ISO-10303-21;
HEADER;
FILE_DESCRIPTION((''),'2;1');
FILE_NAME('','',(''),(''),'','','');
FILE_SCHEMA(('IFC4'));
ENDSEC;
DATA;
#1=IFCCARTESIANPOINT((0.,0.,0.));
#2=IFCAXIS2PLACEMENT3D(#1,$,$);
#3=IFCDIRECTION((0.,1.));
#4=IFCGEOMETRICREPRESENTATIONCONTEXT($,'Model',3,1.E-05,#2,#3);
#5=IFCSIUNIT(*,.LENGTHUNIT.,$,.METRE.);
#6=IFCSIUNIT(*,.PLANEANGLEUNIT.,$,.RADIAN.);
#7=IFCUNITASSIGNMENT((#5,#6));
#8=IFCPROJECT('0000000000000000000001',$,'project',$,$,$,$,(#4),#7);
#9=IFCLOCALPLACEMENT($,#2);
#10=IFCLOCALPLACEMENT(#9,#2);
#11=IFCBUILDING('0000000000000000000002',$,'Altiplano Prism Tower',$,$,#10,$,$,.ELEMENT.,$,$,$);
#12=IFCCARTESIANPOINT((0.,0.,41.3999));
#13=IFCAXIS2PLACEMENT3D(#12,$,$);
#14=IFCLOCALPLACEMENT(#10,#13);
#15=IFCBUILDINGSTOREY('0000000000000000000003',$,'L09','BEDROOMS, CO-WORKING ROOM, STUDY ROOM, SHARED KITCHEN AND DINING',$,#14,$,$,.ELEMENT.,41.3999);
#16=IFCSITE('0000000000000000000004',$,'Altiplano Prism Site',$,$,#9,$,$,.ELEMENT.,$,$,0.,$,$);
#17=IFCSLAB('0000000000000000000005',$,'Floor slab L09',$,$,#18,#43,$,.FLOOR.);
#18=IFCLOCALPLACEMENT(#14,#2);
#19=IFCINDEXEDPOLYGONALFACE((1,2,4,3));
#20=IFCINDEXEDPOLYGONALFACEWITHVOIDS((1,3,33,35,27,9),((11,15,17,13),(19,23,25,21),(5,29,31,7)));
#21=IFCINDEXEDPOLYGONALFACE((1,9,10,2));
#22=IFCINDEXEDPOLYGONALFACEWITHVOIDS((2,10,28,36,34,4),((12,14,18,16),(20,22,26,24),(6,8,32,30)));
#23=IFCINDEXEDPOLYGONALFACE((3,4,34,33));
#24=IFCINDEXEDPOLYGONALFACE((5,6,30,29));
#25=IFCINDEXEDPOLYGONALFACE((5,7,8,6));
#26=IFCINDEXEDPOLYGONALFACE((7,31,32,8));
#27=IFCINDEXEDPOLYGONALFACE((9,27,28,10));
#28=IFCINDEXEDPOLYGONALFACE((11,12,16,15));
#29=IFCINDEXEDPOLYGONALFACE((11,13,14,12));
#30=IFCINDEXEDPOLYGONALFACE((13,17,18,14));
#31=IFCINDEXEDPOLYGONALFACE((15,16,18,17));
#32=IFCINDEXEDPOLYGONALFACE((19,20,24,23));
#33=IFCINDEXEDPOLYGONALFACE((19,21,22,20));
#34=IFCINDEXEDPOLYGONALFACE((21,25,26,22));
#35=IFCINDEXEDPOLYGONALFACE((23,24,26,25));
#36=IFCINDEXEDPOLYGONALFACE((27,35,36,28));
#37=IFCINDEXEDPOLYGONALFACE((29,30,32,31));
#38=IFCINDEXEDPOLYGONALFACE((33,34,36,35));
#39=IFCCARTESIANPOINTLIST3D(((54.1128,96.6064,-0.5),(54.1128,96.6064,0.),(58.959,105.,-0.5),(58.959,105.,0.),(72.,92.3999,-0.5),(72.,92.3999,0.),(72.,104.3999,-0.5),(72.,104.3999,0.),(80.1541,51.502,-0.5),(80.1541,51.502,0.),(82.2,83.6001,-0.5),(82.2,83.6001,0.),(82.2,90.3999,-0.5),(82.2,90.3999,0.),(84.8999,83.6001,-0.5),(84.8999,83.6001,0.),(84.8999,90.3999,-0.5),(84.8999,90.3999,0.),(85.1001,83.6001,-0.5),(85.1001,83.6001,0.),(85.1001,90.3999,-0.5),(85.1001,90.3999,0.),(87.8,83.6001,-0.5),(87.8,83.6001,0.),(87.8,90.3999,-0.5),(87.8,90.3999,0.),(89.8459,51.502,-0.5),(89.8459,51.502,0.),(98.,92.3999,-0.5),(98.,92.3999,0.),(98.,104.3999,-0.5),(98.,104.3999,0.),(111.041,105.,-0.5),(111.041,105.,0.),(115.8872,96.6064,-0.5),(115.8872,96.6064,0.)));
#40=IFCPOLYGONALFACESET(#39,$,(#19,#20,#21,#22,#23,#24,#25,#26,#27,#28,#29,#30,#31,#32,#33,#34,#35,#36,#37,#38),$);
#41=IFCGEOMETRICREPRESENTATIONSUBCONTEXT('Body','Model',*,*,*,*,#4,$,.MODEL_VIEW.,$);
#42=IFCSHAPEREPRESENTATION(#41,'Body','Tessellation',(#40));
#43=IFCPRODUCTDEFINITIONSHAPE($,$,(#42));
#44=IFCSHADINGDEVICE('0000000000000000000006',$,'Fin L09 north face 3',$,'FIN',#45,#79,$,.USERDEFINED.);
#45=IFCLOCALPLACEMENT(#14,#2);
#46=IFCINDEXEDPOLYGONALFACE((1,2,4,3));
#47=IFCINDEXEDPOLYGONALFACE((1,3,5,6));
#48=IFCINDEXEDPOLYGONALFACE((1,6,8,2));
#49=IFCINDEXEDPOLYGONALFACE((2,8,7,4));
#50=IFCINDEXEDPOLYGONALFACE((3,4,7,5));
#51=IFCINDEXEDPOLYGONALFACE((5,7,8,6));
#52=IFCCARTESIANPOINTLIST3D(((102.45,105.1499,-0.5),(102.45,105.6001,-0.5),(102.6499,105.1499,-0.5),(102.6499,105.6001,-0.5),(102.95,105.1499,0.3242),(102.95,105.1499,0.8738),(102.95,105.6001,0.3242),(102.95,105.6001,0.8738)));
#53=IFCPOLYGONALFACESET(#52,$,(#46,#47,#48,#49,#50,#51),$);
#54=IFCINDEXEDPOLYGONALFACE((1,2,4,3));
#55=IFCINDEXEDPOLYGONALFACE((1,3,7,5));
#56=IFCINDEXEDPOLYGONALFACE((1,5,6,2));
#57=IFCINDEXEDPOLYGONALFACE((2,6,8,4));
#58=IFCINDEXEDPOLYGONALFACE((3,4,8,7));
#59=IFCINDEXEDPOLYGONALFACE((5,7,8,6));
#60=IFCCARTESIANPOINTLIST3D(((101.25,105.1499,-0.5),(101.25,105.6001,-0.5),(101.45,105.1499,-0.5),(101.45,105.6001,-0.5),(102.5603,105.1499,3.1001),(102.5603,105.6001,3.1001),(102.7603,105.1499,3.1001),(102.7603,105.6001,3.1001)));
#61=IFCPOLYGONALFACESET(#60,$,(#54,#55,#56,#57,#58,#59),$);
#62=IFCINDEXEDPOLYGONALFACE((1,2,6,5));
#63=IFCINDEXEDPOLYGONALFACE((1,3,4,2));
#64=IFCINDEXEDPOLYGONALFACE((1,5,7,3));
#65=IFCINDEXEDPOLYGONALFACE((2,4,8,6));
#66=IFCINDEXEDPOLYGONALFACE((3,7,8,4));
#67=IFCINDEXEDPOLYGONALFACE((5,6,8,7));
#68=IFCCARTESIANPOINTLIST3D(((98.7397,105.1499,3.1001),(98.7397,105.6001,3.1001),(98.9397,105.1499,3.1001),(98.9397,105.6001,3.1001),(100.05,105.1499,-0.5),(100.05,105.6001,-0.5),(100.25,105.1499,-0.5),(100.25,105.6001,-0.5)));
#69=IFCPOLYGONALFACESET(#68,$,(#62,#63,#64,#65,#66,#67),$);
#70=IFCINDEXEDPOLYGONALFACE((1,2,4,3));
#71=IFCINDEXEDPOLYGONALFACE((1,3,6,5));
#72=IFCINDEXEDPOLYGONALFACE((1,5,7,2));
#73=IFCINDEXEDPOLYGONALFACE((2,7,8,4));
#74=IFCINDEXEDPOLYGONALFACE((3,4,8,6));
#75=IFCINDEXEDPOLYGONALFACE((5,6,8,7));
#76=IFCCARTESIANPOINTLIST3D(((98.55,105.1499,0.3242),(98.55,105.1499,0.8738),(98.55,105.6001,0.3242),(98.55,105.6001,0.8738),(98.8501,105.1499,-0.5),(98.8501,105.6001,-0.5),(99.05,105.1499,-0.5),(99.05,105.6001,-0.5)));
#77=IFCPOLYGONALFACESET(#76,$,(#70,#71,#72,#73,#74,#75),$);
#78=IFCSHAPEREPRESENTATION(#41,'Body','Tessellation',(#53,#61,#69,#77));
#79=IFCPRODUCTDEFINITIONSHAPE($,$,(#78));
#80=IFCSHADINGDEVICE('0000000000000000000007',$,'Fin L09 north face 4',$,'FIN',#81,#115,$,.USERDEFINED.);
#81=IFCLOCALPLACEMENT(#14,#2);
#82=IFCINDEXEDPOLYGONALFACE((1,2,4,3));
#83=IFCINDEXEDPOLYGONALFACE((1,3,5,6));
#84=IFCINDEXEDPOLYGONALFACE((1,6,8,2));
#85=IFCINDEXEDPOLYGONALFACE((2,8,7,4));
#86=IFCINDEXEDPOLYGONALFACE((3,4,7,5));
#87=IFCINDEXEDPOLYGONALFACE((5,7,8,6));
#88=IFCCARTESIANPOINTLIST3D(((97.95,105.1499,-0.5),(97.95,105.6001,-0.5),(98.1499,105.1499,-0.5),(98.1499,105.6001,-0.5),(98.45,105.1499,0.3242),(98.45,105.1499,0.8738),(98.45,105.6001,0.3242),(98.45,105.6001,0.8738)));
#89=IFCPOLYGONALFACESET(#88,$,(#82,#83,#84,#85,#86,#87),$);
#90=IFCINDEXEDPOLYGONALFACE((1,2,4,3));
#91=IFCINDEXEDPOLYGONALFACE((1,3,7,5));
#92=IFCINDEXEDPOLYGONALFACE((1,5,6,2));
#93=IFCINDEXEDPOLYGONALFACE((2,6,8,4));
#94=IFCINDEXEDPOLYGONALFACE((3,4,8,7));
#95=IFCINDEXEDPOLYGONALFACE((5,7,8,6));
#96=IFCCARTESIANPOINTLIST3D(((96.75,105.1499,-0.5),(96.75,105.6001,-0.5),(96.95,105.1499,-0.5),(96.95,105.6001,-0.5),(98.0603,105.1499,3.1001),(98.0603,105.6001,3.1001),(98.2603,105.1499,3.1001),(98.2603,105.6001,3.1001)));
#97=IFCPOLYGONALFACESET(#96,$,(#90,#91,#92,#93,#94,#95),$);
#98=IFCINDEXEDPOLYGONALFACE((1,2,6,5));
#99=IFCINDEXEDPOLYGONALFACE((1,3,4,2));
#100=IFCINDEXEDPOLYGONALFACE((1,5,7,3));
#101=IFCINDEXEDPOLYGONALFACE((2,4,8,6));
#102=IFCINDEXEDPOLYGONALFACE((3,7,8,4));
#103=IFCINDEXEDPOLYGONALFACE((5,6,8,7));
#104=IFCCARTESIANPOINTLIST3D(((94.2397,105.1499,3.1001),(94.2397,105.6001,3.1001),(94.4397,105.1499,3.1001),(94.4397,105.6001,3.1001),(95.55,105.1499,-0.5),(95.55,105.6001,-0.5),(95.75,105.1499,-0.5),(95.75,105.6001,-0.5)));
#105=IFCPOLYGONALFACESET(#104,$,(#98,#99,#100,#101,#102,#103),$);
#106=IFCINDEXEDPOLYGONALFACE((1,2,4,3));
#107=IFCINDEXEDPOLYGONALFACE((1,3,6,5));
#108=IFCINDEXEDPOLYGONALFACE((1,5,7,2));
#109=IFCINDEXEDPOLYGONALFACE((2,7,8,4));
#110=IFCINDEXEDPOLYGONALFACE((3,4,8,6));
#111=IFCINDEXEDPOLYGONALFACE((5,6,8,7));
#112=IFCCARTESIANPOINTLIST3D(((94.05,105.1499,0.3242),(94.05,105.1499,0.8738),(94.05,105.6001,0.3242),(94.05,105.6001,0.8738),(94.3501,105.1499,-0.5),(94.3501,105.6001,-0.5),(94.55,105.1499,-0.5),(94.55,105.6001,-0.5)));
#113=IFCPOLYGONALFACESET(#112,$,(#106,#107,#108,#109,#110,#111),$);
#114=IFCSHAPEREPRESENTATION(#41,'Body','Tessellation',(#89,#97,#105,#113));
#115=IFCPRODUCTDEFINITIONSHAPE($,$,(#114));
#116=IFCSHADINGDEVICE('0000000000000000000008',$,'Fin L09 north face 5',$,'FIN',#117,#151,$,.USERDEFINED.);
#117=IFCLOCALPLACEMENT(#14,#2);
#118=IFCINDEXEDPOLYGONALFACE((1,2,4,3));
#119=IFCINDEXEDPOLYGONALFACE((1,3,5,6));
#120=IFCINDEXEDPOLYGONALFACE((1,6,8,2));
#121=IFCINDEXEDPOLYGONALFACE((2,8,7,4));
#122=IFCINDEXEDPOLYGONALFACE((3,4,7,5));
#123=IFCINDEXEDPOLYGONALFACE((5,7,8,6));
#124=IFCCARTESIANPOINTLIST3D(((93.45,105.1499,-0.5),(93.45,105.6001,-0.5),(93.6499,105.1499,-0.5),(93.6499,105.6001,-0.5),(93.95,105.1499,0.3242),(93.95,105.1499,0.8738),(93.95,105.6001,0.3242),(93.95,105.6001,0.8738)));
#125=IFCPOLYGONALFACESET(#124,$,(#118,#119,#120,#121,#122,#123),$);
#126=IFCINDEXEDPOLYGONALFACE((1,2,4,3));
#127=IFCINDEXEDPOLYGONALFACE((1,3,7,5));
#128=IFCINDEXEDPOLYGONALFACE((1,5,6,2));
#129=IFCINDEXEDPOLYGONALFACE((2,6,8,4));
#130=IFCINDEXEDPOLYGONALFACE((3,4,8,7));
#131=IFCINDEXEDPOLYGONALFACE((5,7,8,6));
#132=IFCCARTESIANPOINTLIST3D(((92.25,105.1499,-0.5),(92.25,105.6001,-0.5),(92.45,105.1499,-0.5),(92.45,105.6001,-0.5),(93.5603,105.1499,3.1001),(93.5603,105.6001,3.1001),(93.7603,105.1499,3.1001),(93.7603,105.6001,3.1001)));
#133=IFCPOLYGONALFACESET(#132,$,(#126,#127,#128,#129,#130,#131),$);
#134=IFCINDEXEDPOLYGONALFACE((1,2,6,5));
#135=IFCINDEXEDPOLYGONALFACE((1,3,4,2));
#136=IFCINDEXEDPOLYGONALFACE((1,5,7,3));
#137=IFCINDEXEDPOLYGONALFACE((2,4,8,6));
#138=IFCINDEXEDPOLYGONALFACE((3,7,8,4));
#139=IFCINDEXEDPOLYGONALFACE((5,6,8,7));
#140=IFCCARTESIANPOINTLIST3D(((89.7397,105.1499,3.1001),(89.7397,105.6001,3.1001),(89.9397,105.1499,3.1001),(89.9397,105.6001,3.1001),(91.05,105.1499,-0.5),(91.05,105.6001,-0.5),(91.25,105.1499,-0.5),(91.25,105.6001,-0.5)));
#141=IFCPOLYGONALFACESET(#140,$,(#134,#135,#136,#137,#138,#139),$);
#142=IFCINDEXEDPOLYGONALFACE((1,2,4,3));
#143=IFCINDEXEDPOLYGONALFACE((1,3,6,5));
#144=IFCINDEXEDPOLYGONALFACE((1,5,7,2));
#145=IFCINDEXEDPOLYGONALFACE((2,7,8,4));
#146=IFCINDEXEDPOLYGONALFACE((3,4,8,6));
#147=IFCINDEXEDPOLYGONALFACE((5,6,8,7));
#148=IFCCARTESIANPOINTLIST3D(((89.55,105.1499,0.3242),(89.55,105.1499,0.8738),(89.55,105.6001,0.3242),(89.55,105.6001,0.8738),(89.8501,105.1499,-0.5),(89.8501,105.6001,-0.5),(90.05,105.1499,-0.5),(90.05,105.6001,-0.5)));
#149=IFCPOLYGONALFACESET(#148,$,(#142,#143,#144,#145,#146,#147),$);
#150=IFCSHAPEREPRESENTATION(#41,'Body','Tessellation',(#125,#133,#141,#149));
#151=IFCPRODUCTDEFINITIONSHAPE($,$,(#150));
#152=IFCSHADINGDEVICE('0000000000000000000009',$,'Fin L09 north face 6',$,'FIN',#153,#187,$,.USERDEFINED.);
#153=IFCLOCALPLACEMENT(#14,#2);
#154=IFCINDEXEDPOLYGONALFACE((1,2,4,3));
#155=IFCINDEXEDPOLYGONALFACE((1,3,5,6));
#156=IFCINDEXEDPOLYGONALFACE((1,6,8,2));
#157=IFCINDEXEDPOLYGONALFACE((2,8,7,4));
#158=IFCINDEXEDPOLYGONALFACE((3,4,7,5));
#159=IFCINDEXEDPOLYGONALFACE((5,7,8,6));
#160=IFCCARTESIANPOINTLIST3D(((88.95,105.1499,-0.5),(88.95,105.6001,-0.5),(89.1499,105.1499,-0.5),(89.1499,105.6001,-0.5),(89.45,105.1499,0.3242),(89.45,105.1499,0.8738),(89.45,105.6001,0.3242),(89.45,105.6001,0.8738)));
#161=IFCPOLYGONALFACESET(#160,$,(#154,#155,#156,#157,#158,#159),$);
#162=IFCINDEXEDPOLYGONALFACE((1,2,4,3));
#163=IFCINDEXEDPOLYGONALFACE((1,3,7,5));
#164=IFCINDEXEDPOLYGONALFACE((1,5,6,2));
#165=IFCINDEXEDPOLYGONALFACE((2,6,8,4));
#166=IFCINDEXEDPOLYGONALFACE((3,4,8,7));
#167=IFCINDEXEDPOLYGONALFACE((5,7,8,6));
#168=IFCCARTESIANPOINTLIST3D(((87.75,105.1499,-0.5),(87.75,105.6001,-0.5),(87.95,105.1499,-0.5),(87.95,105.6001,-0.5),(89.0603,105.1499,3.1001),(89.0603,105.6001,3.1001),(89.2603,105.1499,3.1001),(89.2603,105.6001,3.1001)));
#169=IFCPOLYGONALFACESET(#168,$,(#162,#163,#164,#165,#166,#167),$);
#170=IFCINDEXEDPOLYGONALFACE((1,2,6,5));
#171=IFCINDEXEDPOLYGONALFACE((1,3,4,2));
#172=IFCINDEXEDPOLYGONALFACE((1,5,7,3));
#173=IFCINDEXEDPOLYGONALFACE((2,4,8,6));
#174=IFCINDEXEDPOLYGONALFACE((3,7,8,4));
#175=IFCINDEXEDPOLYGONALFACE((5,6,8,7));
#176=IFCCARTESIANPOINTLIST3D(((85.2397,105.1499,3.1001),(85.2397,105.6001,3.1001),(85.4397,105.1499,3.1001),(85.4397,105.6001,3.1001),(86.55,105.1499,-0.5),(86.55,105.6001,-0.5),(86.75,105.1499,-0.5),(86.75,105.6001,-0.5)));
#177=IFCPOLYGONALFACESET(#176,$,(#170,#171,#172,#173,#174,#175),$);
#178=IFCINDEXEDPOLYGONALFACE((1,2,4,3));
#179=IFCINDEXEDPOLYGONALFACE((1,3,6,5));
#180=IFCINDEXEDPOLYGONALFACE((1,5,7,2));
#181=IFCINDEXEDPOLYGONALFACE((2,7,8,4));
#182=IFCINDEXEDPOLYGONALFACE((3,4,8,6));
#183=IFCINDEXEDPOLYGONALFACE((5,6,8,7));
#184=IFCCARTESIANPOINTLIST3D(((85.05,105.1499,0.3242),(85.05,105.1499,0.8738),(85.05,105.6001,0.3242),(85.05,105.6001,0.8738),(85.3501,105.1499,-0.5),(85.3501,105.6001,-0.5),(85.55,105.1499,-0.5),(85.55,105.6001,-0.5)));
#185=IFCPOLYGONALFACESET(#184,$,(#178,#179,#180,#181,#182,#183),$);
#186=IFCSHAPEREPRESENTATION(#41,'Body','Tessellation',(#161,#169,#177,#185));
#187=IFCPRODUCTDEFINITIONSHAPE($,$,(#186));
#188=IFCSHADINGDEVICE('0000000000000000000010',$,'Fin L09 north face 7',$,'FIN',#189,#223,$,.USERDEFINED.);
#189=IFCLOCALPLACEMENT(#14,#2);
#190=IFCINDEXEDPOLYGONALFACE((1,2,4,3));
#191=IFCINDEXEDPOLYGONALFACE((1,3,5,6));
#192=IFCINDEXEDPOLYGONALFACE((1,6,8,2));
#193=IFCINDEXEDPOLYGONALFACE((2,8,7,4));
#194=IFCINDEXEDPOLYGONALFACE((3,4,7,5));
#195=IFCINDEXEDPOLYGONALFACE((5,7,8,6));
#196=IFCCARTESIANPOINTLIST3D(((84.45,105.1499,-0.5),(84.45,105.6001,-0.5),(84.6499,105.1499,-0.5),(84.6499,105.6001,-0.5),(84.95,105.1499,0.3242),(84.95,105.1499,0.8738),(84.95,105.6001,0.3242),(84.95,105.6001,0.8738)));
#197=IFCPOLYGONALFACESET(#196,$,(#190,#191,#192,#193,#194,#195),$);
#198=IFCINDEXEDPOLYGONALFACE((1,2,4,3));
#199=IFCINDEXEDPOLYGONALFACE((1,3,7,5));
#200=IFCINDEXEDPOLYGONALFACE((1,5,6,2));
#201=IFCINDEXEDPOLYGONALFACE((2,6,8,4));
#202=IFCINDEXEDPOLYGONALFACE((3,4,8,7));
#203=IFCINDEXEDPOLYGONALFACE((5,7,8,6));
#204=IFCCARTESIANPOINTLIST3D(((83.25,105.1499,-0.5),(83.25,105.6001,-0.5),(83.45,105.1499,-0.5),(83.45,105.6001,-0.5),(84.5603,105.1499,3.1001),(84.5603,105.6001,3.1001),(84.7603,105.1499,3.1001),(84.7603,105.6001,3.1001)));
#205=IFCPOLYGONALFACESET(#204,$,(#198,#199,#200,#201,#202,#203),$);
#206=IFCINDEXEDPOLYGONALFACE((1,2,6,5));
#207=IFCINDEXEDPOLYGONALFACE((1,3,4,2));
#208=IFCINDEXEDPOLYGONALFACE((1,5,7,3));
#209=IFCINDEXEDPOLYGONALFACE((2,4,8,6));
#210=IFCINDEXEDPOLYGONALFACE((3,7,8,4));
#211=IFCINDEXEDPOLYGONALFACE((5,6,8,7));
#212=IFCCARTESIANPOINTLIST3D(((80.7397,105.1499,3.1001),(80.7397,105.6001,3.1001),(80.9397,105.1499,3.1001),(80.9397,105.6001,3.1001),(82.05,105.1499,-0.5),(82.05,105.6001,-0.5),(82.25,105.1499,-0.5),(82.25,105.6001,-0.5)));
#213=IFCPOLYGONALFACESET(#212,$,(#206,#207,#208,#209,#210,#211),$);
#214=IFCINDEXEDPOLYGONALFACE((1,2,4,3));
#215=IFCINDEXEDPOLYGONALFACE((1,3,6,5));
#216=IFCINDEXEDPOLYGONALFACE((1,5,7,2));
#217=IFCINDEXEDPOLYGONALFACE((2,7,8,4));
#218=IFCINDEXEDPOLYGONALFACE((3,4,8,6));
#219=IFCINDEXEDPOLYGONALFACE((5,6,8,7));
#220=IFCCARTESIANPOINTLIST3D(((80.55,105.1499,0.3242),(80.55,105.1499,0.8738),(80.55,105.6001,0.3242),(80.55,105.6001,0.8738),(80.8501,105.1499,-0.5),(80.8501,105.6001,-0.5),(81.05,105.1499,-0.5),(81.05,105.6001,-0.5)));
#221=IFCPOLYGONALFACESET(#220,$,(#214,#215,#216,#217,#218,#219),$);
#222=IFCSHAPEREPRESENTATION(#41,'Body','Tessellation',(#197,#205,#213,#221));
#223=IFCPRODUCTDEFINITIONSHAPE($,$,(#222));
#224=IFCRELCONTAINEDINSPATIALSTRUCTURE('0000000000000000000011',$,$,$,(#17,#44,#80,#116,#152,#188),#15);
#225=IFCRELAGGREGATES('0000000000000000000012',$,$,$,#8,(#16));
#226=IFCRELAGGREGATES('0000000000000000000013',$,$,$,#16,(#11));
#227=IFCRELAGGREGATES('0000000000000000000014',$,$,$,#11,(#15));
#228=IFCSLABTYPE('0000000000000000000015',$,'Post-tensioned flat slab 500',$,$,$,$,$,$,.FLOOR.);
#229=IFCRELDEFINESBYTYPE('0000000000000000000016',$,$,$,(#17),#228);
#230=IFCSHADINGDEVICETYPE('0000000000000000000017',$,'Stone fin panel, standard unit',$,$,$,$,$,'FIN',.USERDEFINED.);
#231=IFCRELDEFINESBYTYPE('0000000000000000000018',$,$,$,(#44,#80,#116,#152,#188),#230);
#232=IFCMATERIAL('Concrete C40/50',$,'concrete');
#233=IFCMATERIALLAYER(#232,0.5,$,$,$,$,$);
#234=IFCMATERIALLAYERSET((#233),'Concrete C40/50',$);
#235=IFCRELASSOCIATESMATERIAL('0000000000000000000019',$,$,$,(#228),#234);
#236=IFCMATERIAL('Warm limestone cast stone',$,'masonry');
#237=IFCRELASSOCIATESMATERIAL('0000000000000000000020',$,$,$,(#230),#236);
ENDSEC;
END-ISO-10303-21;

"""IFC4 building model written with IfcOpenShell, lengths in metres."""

from ifc_helpers import new_model, si_unit, direction, frame, origin, place, context, subcontext, project, spatial, polyline, outline, extrude, source, transform, mapped, material, layer, layer_set, type_object, element, save


model = new_model("IFC4")

# Units and contexts
model_context = context("Model", 3, precision=1e-05, world=origin(), true_north=direction((0.0, 1.0)))
body_context = subcontext(model_context, "Body", "Model", "MODEL_VIEW")
ifc_project = project(units=[si_unit("LENGTHUNIT", "METRE"), si_unit("PLANEANGLEUNIT", "RADIAN")], contexts=[model_context])

# Site, building, storey
site_placement = place(None, origin())
site = spatial("IfcSite", under=ifc_project, at=site_placement, Name="Altiplano Prism Site", CompositionType="ELEMENT", RefElevation=0.0)
building_placement = place(site_placement, origin())
building = spatial("IfcBuilding", under=site, at=building_placement, Name="Altiplano Prism Tower", CompositionType="ELEMENT")
storey_placement = place(building_placement, frame((0.0, 0.0, 41.3999)))
storey = spatial("IfcBuildingStorey", under=building, at=storey_placement, Name="L09", Description="BEDROOMS, CO-WORKING ROOM, STUDY ROOM, SHARED KITCHEN AND DINING", CompositionType="ELEMENT", Elevation=41.3999)

# Slab
ifc_material_1 = material(Name="Concrete C40/50", Category="concrete")
ifc_layer = layer(ifc_material_1, 0.5)
ifc_layer_set = layer_set([ifc_layer], Name="Concrete C40/50")
slab_type = type_object("IfcSlabType", Name="Post-tensioned flat slab 500", PredefinedType="FLOOR", material=ifc_layer_set)
slab_placement = place(storey_placement, frame((0.0, 0.0, -0.5)))
element("IfcSlab", 1, at=slab_placement, inside=storey, type_object=slab_type, Name="Floor slab L09", PredefinedType="FLOOR", context=body_context, shape_type="SweptSolid", body=[
    extrude(outline(polyline([(80.1541, 51.502), (54.1128, 96.6064), (58.959, 105.0), (111.041, 105.0), (115.8872, 96.6064), (89.8459, 51.502), (80.1541, 51.502)]), holes=[polyline([(72.0, 104.3999), (72.0, 92.3999), (98.0, 92.3999), (98.0, 104.3999), (72.0, 104.3999)]), polyline([(84.8999, 90.3999), (82.2, 90.3999), (82.2, 83.6001), (84.8999, 83.6001), (84.8999, 90.3999)]), polyline([(87.8, 83.6001), (87.8, 90.3999), (85.1001, 90.3999), (85.1001, 83.6001), (87.8, 83.6001)])]), origin(), (0.0, 0.0, 1.0), 0.5),
])

# Shading devices
ifc_material_2 = material(Name="Warm limestone cast stone", Category="masonry")
shading_device_type_1 = type_object("IfcShadingDeviceType", Name="Stone fin panel, standard unit", ElementType="FIN", PredefinedType="USERDEFINED", material=ifc_material_2)
shared_shape_1 = source(origin(), body_context, "Body", "SweptSolid", [
    extrude(outline(polyline([(-2.2, 1.3738), (-2.2, 0.8242), (-1.8999, 0.0), (-1.7, 0.0), (-2.2, 1.3738)])), frame((0.0, -0.1499, 0.0), z_axis=(0.0, -1.0, 0.0), x_axis=(1.0, 0.0, 0.0)), (0.0, 0.0, 1.0), 0.4502),
    extrude(outline(polyline([(-2.0103, 3.6001), (-0.7, 0.0), (-0.5, 0.0), (-1.8103, 3.6001), (-2.0103, 3.6001)])), frame((0.0, -0.1499, 0.0), z_axis=(0.0, -1.0, 0.0), x_axis=(1.0, 0.0, 0.0)), (0.0, 0.0, 1.0), 0.4502),
    extrude(outline(polyline([(1.8103, 3.6001), (0.5, 0.0), (0.7, 0.0), (2.0103, 3.6001), (1.8103, 3.6001)])), frame((0.0, -0.1499, 0.0), z_axis=(0.0, -1.0, 0.0), x_axis=(1.0, 0.0, 0.0)), (0.0, 0.0, 1.0), 0.4502),
    extrude(outline(polyline([(2.2, 0.8242), (2.2, 1.3738), (1.7, 0.0), (1.8999, 0.0), (2.2, 0.8242)])), frame((0.0, -0.1499, 0.0), z_axis=(0.0, -1.0, 0.0), x_axis=(1.0, 0.0, 0.0)), (0.0, 0.0, 1.0), 0.4502),
])
shading_device_1_placement = place(storey_placement, origin())
element("IfcShadingDevice", 2, at=shading_device_1_placement, inside=storey, type_object=shading_device_type_1, Name="Fin L09 north face 3", ObjectType="FIN", PredefinedType="USERDEFINED", context=body_context, shape_type="MappedRepresentation", body=[
    mapped(shared_shape_1, transform((100.75, 105.0, -0.5), x_axis=(-1.0, 0.0, 0.0), y_axis=(0.0, -1.0, 0.0), z_axis=(0.0, 0.0, 1.0))),
])
shading_device_2_placement = place(storey_placement, origin())
element("IfcShadingDevice", 3, at=shading_device_2_placement, inside=storey, type_object=shading_device_type_1, Name="Fin L09 north face 4", ObjectType="FIN", PredefinedType="USERDEFINED", context=body_context, shape_type="MappedRepresentation", body=[
    mapped(shared_shape_1, transform((96.25, 105.0, -0.5), x_axis=(-1.0, 0.0, 0.0), y_axis=(0.0, -1.0, 0.0), z_axis=(0.0, 0.0, 1.0))),
])
shading_device_3_placement = place(storey_placement, origin())
element("IfcShadingDevice", 4, at=shading_device_3_placement, inside=storey, type_object=shading_device_type_1, Name="Fin L09 north face 5", ObjectType="FIN", PredefinedType="USERDEFINED", context=body_context, shape_type="MappedRepresentation", body=[
    mapped(shared_shape_1, transform((91.75, 105.0, -0.5), x_axis=(-1.0, 0.0, 0.0), y_axis=(0.0, -1.0, 0.0), z_axis=(0.0, 0.0, 1.0))),
])
shading_device_4_placement = place(storey_placement, origin())
element("IfcShadingDevice", 5, at=shading_device_4_placement, inside=storey, type_object=shading_device_type_1, Name="Fin L09 north face 6", ObjectType="FIN", PredefinedType="USERDEFINED", context=body_context, shape_type="MappedRepresentation", body=[
    mapped(shared_shape_1, transform((87.25, 105.0, -0.5), x_axis=(-1.0, 0.0, 0.0), y_axis=(0.0, -1.0, 0.0), z_axis=(0.0, 0.0, 1.0))),
])
shading_device_5_placement = place(storey_placement, origin())
element("IfcShadingDevice", 6, at=shading_device_5_placement, inside=storey, type_object=shading_device_type_1, Name="Fin L09 north face 7", ObjectType="FIN", PredefinedType="USERDEFINED", context=body_context, shape_type="MappedRepresentation", body=[
    mapped(shared_shape_1, transform((82.75, 105.0, -0.5), x_axis=(-1.0, 0.0, 0.0), y_axis=(0.0, -1.0, 0.0), z_axis=(0.0, 0.0, 1.0))),
])

save(model, "model.ifc")
